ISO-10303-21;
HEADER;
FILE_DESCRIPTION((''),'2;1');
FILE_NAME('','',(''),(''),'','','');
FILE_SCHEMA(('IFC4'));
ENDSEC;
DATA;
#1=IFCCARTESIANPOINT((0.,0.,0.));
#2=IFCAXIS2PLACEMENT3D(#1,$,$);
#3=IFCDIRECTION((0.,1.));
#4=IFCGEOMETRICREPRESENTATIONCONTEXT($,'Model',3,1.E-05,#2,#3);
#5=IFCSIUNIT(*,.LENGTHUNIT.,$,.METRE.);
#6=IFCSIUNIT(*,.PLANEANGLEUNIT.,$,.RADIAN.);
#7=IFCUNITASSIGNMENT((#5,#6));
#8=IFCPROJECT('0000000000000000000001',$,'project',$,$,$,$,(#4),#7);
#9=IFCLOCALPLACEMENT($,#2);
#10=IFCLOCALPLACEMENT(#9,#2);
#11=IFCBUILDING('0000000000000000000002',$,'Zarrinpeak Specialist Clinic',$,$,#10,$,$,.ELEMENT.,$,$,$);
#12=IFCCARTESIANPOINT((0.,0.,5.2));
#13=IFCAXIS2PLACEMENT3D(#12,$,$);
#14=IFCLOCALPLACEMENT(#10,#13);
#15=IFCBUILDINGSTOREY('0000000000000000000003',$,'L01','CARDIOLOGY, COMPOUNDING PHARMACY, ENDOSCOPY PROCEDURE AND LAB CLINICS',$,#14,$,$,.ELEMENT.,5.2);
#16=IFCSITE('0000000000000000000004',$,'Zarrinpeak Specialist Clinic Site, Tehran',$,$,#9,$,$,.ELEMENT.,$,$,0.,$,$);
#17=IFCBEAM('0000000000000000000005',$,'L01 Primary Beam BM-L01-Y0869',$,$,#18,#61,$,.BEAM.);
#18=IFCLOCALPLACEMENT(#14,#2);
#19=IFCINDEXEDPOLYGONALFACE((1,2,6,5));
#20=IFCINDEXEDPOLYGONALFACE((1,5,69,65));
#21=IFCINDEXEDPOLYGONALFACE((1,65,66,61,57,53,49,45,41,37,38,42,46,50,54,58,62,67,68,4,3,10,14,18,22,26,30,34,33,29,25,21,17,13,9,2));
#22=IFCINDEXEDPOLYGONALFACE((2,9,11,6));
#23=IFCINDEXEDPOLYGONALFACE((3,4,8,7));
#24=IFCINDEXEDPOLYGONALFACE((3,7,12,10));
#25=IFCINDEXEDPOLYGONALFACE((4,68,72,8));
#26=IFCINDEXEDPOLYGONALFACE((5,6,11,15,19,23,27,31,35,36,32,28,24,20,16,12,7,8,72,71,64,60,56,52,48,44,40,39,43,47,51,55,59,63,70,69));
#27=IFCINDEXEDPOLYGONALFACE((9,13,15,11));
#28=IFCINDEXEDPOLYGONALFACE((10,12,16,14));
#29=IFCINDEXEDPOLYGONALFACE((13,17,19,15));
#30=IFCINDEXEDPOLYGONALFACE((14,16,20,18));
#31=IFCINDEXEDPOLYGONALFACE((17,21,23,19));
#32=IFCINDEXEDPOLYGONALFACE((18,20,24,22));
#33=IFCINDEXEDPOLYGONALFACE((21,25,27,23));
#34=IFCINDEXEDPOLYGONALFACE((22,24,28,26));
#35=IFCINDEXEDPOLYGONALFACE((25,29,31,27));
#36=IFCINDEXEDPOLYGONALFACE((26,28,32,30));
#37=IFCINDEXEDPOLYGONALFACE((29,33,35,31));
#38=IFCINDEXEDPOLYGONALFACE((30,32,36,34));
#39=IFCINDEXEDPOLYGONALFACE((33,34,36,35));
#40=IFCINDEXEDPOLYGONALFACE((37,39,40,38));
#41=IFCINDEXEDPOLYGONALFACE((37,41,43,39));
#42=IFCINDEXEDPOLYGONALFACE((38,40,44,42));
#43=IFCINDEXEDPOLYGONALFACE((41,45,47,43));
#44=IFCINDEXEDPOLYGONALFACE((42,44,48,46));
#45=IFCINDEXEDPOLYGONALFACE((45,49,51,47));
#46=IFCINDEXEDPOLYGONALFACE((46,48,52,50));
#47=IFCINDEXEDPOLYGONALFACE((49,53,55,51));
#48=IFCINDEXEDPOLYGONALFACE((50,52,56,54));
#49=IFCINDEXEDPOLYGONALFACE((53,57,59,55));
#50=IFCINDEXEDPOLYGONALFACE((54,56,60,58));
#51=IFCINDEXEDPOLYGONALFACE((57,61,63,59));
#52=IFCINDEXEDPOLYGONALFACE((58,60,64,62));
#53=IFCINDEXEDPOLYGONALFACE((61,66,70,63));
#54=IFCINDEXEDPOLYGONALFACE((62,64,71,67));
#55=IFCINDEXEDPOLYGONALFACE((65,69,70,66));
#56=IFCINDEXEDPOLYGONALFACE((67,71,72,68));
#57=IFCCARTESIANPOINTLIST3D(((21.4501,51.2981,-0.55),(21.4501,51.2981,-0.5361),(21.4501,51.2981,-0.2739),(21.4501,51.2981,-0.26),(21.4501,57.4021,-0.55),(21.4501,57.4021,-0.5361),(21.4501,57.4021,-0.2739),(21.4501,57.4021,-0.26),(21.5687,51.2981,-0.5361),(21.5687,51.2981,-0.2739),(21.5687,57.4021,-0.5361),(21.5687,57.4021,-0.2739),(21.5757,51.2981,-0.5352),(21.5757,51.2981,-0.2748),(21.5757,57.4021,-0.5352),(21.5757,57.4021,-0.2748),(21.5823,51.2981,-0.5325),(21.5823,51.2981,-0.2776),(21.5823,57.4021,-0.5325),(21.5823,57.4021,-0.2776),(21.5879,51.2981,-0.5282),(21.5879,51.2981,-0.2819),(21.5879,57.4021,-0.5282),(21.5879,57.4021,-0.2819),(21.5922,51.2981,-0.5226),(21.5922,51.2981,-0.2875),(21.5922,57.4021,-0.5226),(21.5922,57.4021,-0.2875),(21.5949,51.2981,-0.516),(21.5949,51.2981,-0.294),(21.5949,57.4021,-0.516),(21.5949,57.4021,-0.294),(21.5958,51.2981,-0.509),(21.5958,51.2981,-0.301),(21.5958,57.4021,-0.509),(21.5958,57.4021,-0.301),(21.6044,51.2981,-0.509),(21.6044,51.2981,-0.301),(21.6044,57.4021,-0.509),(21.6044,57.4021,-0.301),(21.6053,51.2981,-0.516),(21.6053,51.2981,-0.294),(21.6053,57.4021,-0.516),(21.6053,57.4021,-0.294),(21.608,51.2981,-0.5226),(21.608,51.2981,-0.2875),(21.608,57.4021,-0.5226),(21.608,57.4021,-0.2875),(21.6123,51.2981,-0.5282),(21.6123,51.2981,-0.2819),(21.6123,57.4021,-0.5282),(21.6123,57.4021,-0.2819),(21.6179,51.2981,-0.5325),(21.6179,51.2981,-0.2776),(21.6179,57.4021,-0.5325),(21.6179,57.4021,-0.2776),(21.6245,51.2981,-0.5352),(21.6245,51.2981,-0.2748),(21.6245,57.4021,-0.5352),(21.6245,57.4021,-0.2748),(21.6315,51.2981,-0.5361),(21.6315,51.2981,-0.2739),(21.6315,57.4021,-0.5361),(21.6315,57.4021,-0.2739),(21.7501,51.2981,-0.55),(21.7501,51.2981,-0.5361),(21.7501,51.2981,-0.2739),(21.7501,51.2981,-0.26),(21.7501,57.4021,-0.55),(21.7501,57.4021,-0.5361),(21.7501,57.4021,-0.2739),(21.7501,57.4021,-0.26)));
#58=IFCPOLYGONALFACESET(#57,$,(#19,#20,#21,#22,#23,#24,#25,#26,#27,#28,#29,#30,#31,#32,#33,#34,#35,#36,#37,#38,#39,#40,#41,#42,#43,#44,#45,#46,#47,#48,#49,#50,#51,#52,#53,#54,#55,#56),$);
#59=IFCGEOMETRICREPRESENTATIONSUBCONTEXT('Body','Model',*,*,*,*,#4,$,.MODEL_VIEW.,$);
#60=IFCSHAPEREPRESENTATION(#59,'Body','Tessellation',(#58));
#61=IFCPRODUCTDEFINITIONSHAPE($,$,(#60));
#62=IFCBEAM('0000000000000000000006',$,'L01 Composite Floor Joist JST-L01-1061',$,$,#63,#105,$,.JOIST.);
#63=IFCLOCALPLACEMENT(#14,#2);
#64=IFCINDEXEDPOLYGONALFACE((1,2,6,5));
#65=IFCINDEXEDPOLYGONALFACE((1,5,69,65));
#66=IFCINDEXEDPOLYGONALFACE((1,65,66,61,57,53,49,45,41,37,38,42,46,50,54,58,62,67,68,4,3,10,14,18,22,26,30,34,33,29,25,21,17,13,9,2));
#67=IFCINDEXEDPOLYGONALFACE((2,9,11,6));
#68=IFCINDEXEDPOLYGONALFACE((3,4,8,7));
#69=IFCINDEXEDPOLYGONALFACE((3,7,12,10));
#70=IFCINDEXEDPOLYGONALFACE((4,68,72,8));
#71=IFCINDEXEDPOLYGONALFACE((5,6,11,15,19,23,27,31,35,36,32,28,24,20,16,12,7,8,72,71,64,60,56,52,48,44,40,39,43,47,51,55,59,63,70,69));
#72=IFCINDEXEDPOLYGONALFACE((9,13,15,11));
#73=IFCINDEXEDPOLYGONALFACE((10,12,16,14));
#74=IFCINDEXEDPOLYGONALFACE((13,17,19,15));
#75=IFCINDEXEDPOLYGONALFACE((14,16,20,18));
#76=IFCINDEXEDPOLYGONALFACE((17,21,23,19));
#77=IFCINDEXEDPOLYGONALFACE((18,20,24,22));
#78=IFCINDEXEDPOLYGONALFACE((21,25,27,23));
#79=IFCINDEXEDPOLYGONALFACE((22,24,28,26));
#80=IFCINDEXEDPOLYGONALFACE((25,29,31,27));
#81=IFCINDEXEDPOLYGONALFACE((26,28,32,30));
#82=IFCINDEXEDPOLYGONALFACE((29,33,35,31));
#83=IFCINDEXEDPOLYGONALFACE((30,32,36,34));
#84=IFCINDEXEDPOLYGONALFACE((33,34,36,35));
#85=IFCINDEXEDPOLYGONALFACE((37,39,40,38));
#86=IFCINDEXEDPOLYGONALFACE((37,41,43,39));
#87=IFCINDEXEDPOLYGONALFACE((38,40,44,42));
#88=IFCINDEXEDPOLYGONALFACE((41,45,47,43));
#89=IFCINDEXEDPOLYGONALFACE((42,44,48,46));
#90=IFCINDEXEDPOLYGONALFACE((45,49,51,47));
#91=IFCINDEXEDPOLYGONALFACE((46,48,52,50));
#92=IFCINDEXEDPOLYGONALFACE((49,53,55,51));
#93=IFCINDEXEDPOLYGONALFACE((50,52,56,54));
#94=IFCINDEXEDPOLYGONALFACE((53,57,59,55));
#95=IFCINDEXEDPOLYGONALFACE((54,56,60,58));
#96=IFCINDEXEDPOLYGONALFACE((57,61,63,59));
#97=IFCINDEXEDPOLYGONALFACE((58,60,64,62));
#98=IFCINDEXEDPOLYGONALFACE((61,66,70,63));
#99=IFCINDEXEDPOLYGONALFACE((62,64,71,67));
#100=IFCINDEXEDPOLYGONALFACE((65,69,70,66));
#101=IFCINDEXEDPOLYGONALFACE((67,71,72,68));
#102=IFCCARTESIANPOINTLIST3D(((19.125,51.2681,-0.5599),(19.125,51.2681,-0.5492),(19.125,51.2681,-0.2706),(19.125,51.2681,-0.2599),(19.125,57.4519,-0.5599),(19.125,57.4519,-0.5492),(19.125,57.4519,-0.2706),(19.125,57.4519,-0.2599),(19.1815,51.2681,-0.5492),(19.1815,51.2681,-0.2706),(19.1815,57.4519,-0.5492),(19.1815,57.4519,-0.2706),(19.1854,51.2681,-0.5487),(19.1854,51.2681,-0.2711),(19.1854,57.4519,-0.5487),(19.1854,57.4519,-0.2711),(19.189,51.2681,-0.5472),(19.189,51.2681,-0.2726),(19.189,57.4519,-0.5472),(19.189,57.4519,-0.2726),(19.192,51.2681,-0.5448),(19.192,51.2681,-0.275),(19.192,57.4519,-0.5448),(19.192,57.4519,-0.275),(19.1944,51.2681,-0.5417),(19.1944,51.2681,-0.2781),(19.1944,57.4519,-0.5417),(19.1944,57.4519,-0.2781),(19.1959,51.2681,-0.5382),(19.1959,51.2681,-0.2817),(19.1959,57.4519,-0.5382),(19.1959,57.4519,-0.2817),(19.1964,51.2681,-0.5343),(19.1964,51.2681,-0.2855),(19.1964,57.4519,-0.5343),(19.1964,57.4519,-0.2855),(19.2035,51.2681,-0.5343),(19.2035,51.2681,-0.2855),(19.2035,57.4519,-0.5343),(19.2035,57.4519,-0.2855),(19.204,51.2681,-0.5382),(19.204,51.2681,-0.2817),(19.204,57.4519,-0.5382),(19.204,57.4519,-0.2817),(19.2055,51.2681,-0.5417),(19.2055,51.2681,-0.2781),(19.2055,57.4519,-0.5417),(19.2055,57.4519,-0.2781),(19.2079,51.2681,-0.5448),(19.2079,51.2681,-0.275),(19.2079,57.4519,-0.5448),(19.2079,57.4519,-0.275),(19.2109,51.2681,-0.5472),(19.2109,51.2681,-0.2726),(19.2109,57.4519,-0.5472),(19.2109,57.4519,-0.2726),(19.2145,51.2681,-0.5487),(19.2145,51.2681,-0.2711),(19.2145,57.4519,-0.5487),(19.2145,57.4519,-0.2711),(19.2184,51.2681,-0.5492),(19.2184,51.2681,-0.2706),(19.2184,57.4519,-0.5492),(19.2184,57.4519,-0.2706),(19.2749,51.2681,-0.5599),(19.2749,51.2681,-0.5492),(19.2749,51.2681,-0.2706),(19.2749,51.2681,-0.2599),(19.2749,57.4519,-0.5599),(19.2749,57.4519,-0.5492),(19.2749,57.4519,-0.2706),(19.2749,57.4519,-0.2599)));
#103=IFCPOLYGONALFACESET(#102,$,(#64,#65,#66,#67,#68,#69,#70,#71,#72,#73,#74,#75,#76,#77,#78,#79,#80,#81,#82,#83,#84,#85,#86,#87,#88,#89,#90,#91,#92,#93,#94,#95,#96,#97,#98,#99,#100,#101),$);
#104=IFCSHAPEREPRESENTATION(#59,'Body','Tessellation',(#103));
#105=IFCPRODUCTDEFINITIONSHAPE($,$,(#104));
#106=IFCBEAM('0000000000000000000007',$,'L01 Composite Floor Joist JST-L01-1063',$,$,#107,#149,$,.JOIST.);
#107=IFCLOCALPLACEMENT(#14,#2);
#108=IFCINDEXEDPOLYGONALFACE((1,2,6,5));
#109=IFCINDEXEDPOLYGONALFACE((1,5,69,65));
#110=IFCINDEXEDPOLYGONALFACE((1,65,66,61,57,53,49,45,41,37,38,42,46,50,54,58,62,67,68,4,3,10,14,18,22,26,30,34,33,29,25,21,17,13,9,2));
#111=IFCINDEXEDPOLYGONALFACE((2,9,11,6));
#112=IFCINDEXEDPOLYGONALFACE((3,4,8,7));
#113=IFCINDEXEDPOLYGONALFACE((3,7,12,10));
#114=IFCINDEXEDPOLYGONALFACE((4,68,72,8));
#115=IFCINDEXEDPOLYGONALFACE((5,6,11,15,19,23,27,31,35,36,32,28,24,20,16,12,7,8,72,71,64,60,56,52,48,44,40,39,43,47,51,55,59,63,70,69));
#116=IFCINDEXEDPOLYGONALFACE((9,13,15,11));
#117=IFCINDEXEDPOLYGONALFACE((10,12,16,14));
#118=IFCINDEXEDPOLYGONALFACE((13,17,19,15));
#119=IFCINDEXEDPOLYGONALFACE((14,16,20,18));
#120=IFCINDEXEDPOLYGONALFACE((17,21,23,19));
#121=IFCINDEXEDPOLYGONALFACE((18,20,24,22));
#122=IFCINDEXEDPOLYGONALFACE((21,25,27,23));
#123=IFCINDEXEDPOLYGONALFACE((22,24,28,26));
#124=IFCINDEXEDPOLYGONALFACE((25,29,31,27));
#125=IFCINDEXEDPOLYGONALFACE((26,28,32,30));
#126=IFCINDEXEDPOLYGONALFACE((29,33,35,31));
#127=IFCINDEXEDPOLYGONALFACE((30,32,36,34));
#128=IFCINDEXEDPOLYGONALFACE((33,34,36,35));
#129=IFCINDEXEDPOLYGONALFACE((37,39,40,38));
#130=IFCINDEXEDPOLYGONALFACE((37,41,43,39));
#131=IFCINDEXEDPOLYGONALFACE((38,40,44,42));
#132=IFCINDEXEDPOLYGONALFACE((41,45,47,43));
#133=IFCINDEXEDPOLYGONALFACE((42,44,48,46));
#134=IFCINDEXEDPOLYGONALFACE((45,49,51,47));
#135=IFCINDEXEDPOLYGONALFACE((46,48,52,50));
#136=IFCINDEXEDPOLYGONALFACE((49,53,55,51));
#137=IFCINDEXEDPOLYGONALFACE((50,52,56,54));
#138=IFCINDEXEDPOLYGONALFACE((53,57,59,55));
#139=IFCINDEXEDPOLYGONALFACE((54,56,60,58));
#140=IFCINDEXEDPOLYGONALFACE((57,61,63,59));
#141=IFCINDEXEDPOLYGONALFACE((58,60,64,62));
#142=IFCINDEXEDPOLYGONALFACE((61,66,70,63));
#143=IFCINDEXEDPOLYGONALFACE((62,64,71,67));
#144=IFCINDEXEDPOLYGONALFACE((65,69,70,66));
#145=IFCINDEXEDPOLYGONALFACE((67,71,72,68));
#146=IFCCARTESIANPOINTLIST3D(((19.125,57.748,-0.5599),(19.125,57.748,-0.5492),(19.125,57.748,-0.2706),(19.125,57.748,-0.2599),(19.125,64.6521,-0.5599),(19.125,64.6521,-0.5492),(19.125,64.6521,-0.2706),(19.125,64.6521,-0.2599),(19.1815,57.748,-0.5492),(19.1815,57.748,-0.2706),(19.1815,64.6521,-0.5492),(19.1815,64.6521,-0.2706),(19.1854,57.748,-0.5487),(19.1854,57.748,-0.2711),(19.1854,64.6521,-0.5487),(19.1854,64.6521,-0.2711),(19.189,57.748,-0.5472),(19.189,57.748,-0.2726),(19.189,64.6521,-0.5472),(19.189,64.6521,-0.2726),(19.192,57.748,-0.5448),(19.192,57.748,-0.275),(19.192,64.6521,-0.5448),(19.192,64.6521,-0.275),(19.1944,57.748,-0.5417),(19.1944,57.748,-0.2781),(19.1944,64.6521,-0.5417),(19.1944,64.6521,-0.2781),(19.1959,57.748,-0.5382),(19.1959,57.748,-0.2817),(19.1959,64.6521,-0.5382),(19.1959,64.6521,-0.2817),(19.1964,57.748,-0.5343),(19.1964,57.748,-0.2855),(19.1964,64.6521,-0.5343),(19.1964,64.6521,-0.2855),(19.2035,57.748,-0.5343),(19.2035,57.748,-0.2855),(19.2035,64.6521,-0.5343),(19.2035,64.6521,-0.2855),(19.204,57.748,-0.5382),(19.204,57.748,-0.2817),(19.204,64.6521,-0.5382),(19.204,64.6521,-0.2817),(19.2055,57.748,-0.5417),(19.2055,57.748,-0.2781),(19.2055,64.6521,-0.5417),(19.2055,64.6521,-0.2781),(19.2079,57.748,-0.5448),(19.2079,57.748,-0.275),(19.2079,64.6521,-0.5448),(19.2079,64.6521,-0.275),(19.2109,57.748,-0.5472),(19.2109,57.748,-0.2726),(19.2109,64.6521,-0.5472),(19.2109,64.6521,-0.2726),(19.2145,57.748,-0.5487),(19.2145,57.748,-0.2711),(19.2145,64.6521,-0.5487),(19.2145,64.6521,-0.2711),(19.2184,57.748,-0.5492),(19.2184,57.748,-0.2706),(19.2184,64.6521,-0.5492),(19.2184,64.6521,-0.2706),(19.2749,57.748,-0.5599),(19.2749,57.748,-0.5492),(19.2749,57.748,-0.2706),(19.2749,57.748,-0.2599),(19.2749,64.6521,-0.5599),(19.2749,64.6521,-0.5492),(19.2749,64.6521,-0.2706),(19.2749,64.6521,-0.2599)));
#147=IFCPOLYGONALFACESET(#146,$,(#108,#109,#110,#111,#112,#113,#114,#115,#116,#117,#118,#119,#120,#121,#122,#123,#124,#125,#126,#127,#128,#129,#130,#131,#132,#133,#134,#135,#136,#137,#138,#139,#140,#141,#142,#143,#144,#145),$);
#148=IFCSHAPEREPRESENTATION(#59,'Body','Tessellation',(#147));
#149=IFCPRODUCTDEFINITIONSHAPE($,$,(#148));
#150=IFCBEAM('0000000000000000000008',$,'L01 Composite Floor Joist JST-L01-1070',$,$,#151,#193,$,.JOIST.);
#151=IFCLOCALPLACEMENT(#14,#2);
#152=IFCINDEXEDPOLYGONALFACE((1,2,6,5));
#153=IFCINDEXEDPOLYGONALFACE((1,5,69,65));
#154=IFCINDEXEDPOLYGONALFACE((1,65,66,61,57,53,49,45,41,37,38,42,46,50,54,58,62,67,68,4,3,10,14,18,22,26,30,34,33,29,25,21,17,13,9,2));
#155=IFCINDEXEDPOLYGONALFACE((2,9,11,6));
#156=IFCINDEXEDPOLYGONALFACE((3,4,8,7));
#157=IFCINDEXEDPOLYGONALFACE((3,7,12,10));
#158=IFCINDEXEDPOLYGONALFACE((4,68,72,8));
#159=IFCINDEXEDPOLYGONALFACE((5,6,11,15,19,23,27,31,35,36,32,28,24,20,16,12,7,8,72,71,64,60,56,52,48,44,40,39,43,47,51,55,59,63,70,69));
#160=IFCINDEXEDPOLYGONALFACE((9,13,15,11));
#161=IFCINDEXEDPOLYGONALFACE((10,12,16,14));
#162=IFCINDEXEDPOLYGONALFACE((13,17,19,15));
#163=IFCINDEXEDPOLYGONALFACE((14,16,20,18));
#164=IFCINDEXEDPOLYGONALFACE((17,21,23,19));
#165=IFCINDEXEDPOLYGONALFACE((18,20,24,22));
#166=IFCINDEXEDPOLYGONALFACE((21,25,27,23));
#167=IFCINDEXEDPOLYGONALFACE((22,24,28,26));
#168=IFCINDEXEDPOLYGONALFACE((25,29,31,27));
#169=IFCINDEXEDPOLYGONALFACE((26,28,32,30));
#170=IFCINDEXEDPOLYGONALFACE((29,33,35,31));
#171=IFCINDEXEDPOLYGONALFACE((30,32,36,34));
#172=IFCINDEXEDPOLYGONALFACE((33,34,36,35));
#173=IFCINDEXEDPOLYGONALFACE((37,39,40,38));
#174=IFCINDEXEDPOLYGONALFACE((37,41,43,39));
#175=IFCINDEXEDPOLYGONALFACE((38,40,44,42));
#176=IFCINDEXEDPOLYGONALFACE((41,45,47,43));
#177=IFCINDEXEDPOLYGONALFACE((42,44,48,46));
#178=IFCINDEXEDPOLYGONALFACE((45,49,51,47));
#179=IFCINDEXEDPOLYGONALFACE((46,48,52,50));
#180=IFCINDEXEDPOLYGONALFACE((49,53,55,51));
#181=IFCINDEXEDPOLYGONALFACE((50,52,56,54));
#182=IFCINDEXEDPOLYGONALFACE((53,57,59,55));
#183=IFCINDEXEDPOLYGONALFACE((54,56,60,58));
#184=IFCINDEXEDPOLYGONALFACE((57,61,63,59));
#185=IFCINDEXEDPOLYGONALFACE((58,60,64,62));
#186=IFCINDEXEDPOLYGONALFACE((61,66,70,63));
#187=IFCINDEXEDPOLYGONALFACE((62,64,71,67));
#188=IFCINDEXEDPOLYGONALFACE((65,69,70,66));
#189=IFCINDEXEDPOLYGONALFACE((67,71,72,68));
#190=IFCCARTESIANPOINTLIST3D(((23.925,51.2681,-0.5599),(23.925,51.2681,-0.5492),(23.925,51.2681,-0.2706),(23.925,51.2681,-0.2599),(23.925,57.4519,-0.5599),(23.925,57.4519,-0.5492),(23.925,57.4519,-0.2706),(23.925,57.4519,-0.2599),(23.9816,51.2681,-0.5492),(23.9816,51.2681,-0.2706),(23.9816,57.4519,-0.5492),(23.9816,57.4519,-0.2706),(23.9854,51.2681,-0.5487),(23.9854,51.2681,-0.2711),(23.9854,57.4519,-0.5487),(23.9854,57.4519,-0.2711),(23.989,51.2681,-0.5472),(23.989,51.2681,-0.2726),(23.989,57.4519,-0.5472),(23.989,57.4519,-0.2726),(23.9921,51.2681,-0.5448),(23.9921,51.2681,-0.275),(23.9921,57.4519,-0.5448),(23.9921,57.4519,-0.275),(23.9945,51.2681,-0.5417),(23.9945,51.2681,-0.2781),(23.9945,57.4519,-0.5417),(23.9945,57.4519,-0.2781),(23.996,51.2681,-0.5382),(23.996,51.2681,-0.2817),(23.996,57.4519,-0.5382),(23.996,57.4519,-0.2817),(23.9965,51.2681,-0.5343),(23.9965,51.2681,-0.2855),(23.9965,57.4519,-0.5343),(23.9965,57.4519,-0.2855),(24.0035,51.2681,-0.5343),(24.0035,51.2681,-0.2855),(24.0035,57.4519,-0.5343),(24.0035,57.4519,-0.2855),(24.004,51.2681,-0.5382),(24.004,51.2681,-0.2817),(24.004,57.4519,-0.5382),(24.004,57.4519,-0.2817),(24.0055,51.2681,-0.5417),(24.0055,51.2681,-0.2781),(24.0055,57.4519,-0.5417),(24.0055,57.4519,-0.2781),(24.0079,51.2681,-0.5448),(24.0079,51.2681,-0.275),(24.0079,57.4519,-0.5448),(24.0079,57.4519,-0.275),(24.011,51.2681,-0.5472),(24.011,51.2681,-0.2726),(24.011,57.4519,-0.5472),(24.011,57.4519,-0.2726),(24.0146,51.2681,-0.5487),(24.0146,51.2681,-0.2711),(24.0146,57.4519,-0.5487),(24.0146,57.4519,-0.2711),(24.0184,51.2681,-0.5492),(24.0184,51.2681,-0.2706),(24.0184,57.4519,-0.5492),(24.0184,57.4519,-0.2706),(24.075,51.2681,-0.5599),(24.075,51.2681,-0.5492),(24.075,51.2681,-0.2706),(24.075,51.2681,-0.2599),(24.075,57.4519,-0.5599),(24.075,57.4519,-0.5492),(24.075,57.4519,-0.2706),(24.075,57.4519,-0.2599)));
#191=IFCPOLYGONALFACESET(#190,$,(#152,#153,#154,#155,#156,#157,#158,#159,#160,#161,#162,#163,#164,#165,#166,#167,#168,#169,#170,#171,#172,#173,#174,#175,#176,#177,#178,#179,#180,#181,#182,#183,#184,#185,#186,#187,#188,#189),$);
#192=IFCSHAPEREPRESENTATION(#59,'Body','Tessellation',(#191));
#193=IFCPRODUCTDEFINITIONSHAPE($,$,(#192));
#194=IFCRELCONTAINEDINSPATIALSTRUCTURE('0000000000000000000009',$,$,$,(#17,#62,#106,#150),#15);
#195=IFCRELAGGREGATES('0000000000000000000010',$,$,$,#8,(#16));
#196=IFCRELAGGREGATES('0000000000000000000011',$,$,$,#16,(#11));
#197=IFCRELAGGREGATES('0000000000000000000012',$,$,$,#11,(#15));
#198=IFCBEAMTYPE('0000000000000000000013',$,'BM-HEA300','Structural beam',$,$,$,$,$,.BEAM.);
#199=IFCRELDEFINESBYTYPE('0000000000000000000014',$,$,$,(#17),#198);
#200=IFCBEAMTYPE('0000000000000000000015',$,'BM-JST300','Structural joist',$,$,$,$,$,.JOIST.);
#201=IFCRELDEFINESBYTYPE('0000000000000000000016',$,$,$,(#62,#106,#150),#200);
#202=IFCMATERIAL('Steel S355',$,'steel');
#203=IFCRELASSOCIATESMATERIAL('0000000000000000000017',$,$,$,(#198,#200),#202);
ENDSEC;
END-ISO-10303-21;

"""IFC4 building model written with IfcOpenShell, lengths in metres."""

from ifc_helpers import new_model, si_unit, direction, frame, origin, origin_2d, place, context, subcontext, project, spatial, i_section, extrude, material, material_profile, profile_set, type_object, element, save


model = new_model("IFC4")

# Units and contexts
model_context = context("Model", 3, precision=1e-05, world=origin(), true_north=direction((0.0, 1.0)))
body_context = subcontext(model_context, "Body", "Model", "MODEL_VIEW")
ifc_project = project(units=[si_unit("LENGTHUNIT", "METRE"), si_unit("PLANEANGLEUNIT", "RADIAN")], contexts=[model_context])

# Site, building, storey
site_placement = place(None, origin())
site = spatial("IfcSite", under=ifc_project, at=site_placement, Name="Zarrinpeak Specialist Clinic Site, Tehran", CompositionType="ELEMENT", RefElevation=0.0)
building_placement = place(site_placement, origin())
building = spatial("IfcBuilding", under=site, at=building_placement, Name="Zarrinpeak Specialist Clinic", CompositionType="ELEMENT")
storey_placement = place(building_placement, frame((0.0, 0.0, 5.2)))
storey = spatial("IfcBuildingStorey", under=building, at=storey_placement, Name="L01", Description="CARDIOLOGY, COMPOUNDING PHARMACY, ENDOSCOPY PROCEDURE AND LAB CLINICS", CompositionType="ELEMENT", Elevation=5.2)

# Shared definitions
ifc_material_1 = material(Name="Steel S355", Category="steel")

# Beams
ifc_material_profile_1 = material_profile(ifc_material_1, i_section(OverallWidth=0.3, OverallDepth=0.29, WebThickness=0.0085, FlangeThickness=0.0139, FilletRadius=0.0271, at=origin_2d()), Name="HEA 300")
ifc_profile_set_1 = profile_set([ifc_material_profile_1], Name="Steel S355")
beam_type_1 = type_object("IfcBeamType", Name="BM-HEA300", Description="Structural beam", PredefinedType="BEAM", material=ifc_profile_set_1)
beam_1_placement = place(storey_placement, frame((21.6001, 51.2981, -0.405), z_axis=(0.0, 1.0, 0.0), x_axis=(-1.0, 0.0, 0.0)))
element("IfcBeam", 1, at=beam_1_placement, inside=storey, type_object=beam_type_1, Name="L01 Primary Beam BM-L01-Y0869", PredefinedType="BEAM", context=body_context, shape_type="SweptSolid", body=[
    extrude(i_section(OverallWidth=0.3, OverallDepth=0.29, WebThickness=0.0085, FlangeThickness=0.0139, FilletRadius=0.0271, at=origin_2d()), origin(), (0.0, 0.0, 1.0), 6.104),
])
ifc_material_profile_2 = material_profile(ifc_material_1, i_section(OverallWidth=0.1499, OverallDepth=0.3, WebThickness=0.0071, FlangeThickness=0.0107, FilletRadius=0.0149, at=origin_2d()), Name="IPE 300")
ifc_profile_set_2 = profile_set([ifc_material_profile_2], Name="Steel S355")
beam_type_2 = type_object("IfcBeamType", Name="BM-JST300", Description="Structural joist", PredefinedType="JOIST", material=ifc_profile_set_2)
beam_2_placement = place(storey_placement, frame((19.2, 51.2681, -0.4099), z_axis=(0.0, 1.0, 0.0), x_axis=(-1.0, 0.0, 0.0)))
element("IfcBeam", 2, at=beam_2_placement, inside=storey, type_object=beam_type_2, Name="L01 Composite Floor Joist JST-L01-1061", PredefinedType="JOIST", context=body_context, shape_type="SweptSolid", body=[
    extrude(i_section(OverallWidth=0.1499, OverallDepth=0.3, WebThickness=0.0071, FlangeThickness=0.0107, FilletRadius=0.0149, at=origin_2d()), origin(), (0.0, 0.0, 1.0), 6.1838),
])
beam_3_placement = place(storey_placement, frame((19.2, 57.748, -0.4099), z_axis=(0.0, 1.0, 0.0), x_axis=(-1.0, 0.0, 0.0)))
element("IfcBeam", 3, at=beam_3_placement, inside=storey, type_object=beam_type_2, Name="L01 Composite Floor Joist JST-L01-1063", PredefinedType="JOIST", context=body_context, shape_type="SweptSolid", body=[
    extrude(i_section(OverallWidth=0.1499, OverallDepth=0.3, WebThickness=0.0071, FlangeThickness=0.0107, FilletRadius=0.0149, at=origin_2d()), origin(), (0.0, 0.0, 1.0), 6.9041),
])
for number, where, z_axis, x_axis, name in (
    (4, (24.0, 51.2681, -0.4099), (0.0, 1.0, 0.0), (-1.0, 0.0, 0.0), "L01 Composite Floor Joist JST-L01-1070"),
):
    element("IfcBeam", number, at=place(storey_placement, frame(where, z_axis=z_axis, x_axis=x_axis)), inside=storey, type_object=beam_type_2, Name=name, PredefinedType="JOIST", context=body_context, shape_type="SweptSolid", body=[
        extrude(i_section(OverallWidth=0.1499, OverallDepth=0.3, WebThickness=0.0071, FlangeThickness=0.0107, FilletRadius=0.0149, at=origin_2d()), origin(), (0.0, 0.0, 1.0), 6.1838),
    ])

save(model, "model.ifc")
